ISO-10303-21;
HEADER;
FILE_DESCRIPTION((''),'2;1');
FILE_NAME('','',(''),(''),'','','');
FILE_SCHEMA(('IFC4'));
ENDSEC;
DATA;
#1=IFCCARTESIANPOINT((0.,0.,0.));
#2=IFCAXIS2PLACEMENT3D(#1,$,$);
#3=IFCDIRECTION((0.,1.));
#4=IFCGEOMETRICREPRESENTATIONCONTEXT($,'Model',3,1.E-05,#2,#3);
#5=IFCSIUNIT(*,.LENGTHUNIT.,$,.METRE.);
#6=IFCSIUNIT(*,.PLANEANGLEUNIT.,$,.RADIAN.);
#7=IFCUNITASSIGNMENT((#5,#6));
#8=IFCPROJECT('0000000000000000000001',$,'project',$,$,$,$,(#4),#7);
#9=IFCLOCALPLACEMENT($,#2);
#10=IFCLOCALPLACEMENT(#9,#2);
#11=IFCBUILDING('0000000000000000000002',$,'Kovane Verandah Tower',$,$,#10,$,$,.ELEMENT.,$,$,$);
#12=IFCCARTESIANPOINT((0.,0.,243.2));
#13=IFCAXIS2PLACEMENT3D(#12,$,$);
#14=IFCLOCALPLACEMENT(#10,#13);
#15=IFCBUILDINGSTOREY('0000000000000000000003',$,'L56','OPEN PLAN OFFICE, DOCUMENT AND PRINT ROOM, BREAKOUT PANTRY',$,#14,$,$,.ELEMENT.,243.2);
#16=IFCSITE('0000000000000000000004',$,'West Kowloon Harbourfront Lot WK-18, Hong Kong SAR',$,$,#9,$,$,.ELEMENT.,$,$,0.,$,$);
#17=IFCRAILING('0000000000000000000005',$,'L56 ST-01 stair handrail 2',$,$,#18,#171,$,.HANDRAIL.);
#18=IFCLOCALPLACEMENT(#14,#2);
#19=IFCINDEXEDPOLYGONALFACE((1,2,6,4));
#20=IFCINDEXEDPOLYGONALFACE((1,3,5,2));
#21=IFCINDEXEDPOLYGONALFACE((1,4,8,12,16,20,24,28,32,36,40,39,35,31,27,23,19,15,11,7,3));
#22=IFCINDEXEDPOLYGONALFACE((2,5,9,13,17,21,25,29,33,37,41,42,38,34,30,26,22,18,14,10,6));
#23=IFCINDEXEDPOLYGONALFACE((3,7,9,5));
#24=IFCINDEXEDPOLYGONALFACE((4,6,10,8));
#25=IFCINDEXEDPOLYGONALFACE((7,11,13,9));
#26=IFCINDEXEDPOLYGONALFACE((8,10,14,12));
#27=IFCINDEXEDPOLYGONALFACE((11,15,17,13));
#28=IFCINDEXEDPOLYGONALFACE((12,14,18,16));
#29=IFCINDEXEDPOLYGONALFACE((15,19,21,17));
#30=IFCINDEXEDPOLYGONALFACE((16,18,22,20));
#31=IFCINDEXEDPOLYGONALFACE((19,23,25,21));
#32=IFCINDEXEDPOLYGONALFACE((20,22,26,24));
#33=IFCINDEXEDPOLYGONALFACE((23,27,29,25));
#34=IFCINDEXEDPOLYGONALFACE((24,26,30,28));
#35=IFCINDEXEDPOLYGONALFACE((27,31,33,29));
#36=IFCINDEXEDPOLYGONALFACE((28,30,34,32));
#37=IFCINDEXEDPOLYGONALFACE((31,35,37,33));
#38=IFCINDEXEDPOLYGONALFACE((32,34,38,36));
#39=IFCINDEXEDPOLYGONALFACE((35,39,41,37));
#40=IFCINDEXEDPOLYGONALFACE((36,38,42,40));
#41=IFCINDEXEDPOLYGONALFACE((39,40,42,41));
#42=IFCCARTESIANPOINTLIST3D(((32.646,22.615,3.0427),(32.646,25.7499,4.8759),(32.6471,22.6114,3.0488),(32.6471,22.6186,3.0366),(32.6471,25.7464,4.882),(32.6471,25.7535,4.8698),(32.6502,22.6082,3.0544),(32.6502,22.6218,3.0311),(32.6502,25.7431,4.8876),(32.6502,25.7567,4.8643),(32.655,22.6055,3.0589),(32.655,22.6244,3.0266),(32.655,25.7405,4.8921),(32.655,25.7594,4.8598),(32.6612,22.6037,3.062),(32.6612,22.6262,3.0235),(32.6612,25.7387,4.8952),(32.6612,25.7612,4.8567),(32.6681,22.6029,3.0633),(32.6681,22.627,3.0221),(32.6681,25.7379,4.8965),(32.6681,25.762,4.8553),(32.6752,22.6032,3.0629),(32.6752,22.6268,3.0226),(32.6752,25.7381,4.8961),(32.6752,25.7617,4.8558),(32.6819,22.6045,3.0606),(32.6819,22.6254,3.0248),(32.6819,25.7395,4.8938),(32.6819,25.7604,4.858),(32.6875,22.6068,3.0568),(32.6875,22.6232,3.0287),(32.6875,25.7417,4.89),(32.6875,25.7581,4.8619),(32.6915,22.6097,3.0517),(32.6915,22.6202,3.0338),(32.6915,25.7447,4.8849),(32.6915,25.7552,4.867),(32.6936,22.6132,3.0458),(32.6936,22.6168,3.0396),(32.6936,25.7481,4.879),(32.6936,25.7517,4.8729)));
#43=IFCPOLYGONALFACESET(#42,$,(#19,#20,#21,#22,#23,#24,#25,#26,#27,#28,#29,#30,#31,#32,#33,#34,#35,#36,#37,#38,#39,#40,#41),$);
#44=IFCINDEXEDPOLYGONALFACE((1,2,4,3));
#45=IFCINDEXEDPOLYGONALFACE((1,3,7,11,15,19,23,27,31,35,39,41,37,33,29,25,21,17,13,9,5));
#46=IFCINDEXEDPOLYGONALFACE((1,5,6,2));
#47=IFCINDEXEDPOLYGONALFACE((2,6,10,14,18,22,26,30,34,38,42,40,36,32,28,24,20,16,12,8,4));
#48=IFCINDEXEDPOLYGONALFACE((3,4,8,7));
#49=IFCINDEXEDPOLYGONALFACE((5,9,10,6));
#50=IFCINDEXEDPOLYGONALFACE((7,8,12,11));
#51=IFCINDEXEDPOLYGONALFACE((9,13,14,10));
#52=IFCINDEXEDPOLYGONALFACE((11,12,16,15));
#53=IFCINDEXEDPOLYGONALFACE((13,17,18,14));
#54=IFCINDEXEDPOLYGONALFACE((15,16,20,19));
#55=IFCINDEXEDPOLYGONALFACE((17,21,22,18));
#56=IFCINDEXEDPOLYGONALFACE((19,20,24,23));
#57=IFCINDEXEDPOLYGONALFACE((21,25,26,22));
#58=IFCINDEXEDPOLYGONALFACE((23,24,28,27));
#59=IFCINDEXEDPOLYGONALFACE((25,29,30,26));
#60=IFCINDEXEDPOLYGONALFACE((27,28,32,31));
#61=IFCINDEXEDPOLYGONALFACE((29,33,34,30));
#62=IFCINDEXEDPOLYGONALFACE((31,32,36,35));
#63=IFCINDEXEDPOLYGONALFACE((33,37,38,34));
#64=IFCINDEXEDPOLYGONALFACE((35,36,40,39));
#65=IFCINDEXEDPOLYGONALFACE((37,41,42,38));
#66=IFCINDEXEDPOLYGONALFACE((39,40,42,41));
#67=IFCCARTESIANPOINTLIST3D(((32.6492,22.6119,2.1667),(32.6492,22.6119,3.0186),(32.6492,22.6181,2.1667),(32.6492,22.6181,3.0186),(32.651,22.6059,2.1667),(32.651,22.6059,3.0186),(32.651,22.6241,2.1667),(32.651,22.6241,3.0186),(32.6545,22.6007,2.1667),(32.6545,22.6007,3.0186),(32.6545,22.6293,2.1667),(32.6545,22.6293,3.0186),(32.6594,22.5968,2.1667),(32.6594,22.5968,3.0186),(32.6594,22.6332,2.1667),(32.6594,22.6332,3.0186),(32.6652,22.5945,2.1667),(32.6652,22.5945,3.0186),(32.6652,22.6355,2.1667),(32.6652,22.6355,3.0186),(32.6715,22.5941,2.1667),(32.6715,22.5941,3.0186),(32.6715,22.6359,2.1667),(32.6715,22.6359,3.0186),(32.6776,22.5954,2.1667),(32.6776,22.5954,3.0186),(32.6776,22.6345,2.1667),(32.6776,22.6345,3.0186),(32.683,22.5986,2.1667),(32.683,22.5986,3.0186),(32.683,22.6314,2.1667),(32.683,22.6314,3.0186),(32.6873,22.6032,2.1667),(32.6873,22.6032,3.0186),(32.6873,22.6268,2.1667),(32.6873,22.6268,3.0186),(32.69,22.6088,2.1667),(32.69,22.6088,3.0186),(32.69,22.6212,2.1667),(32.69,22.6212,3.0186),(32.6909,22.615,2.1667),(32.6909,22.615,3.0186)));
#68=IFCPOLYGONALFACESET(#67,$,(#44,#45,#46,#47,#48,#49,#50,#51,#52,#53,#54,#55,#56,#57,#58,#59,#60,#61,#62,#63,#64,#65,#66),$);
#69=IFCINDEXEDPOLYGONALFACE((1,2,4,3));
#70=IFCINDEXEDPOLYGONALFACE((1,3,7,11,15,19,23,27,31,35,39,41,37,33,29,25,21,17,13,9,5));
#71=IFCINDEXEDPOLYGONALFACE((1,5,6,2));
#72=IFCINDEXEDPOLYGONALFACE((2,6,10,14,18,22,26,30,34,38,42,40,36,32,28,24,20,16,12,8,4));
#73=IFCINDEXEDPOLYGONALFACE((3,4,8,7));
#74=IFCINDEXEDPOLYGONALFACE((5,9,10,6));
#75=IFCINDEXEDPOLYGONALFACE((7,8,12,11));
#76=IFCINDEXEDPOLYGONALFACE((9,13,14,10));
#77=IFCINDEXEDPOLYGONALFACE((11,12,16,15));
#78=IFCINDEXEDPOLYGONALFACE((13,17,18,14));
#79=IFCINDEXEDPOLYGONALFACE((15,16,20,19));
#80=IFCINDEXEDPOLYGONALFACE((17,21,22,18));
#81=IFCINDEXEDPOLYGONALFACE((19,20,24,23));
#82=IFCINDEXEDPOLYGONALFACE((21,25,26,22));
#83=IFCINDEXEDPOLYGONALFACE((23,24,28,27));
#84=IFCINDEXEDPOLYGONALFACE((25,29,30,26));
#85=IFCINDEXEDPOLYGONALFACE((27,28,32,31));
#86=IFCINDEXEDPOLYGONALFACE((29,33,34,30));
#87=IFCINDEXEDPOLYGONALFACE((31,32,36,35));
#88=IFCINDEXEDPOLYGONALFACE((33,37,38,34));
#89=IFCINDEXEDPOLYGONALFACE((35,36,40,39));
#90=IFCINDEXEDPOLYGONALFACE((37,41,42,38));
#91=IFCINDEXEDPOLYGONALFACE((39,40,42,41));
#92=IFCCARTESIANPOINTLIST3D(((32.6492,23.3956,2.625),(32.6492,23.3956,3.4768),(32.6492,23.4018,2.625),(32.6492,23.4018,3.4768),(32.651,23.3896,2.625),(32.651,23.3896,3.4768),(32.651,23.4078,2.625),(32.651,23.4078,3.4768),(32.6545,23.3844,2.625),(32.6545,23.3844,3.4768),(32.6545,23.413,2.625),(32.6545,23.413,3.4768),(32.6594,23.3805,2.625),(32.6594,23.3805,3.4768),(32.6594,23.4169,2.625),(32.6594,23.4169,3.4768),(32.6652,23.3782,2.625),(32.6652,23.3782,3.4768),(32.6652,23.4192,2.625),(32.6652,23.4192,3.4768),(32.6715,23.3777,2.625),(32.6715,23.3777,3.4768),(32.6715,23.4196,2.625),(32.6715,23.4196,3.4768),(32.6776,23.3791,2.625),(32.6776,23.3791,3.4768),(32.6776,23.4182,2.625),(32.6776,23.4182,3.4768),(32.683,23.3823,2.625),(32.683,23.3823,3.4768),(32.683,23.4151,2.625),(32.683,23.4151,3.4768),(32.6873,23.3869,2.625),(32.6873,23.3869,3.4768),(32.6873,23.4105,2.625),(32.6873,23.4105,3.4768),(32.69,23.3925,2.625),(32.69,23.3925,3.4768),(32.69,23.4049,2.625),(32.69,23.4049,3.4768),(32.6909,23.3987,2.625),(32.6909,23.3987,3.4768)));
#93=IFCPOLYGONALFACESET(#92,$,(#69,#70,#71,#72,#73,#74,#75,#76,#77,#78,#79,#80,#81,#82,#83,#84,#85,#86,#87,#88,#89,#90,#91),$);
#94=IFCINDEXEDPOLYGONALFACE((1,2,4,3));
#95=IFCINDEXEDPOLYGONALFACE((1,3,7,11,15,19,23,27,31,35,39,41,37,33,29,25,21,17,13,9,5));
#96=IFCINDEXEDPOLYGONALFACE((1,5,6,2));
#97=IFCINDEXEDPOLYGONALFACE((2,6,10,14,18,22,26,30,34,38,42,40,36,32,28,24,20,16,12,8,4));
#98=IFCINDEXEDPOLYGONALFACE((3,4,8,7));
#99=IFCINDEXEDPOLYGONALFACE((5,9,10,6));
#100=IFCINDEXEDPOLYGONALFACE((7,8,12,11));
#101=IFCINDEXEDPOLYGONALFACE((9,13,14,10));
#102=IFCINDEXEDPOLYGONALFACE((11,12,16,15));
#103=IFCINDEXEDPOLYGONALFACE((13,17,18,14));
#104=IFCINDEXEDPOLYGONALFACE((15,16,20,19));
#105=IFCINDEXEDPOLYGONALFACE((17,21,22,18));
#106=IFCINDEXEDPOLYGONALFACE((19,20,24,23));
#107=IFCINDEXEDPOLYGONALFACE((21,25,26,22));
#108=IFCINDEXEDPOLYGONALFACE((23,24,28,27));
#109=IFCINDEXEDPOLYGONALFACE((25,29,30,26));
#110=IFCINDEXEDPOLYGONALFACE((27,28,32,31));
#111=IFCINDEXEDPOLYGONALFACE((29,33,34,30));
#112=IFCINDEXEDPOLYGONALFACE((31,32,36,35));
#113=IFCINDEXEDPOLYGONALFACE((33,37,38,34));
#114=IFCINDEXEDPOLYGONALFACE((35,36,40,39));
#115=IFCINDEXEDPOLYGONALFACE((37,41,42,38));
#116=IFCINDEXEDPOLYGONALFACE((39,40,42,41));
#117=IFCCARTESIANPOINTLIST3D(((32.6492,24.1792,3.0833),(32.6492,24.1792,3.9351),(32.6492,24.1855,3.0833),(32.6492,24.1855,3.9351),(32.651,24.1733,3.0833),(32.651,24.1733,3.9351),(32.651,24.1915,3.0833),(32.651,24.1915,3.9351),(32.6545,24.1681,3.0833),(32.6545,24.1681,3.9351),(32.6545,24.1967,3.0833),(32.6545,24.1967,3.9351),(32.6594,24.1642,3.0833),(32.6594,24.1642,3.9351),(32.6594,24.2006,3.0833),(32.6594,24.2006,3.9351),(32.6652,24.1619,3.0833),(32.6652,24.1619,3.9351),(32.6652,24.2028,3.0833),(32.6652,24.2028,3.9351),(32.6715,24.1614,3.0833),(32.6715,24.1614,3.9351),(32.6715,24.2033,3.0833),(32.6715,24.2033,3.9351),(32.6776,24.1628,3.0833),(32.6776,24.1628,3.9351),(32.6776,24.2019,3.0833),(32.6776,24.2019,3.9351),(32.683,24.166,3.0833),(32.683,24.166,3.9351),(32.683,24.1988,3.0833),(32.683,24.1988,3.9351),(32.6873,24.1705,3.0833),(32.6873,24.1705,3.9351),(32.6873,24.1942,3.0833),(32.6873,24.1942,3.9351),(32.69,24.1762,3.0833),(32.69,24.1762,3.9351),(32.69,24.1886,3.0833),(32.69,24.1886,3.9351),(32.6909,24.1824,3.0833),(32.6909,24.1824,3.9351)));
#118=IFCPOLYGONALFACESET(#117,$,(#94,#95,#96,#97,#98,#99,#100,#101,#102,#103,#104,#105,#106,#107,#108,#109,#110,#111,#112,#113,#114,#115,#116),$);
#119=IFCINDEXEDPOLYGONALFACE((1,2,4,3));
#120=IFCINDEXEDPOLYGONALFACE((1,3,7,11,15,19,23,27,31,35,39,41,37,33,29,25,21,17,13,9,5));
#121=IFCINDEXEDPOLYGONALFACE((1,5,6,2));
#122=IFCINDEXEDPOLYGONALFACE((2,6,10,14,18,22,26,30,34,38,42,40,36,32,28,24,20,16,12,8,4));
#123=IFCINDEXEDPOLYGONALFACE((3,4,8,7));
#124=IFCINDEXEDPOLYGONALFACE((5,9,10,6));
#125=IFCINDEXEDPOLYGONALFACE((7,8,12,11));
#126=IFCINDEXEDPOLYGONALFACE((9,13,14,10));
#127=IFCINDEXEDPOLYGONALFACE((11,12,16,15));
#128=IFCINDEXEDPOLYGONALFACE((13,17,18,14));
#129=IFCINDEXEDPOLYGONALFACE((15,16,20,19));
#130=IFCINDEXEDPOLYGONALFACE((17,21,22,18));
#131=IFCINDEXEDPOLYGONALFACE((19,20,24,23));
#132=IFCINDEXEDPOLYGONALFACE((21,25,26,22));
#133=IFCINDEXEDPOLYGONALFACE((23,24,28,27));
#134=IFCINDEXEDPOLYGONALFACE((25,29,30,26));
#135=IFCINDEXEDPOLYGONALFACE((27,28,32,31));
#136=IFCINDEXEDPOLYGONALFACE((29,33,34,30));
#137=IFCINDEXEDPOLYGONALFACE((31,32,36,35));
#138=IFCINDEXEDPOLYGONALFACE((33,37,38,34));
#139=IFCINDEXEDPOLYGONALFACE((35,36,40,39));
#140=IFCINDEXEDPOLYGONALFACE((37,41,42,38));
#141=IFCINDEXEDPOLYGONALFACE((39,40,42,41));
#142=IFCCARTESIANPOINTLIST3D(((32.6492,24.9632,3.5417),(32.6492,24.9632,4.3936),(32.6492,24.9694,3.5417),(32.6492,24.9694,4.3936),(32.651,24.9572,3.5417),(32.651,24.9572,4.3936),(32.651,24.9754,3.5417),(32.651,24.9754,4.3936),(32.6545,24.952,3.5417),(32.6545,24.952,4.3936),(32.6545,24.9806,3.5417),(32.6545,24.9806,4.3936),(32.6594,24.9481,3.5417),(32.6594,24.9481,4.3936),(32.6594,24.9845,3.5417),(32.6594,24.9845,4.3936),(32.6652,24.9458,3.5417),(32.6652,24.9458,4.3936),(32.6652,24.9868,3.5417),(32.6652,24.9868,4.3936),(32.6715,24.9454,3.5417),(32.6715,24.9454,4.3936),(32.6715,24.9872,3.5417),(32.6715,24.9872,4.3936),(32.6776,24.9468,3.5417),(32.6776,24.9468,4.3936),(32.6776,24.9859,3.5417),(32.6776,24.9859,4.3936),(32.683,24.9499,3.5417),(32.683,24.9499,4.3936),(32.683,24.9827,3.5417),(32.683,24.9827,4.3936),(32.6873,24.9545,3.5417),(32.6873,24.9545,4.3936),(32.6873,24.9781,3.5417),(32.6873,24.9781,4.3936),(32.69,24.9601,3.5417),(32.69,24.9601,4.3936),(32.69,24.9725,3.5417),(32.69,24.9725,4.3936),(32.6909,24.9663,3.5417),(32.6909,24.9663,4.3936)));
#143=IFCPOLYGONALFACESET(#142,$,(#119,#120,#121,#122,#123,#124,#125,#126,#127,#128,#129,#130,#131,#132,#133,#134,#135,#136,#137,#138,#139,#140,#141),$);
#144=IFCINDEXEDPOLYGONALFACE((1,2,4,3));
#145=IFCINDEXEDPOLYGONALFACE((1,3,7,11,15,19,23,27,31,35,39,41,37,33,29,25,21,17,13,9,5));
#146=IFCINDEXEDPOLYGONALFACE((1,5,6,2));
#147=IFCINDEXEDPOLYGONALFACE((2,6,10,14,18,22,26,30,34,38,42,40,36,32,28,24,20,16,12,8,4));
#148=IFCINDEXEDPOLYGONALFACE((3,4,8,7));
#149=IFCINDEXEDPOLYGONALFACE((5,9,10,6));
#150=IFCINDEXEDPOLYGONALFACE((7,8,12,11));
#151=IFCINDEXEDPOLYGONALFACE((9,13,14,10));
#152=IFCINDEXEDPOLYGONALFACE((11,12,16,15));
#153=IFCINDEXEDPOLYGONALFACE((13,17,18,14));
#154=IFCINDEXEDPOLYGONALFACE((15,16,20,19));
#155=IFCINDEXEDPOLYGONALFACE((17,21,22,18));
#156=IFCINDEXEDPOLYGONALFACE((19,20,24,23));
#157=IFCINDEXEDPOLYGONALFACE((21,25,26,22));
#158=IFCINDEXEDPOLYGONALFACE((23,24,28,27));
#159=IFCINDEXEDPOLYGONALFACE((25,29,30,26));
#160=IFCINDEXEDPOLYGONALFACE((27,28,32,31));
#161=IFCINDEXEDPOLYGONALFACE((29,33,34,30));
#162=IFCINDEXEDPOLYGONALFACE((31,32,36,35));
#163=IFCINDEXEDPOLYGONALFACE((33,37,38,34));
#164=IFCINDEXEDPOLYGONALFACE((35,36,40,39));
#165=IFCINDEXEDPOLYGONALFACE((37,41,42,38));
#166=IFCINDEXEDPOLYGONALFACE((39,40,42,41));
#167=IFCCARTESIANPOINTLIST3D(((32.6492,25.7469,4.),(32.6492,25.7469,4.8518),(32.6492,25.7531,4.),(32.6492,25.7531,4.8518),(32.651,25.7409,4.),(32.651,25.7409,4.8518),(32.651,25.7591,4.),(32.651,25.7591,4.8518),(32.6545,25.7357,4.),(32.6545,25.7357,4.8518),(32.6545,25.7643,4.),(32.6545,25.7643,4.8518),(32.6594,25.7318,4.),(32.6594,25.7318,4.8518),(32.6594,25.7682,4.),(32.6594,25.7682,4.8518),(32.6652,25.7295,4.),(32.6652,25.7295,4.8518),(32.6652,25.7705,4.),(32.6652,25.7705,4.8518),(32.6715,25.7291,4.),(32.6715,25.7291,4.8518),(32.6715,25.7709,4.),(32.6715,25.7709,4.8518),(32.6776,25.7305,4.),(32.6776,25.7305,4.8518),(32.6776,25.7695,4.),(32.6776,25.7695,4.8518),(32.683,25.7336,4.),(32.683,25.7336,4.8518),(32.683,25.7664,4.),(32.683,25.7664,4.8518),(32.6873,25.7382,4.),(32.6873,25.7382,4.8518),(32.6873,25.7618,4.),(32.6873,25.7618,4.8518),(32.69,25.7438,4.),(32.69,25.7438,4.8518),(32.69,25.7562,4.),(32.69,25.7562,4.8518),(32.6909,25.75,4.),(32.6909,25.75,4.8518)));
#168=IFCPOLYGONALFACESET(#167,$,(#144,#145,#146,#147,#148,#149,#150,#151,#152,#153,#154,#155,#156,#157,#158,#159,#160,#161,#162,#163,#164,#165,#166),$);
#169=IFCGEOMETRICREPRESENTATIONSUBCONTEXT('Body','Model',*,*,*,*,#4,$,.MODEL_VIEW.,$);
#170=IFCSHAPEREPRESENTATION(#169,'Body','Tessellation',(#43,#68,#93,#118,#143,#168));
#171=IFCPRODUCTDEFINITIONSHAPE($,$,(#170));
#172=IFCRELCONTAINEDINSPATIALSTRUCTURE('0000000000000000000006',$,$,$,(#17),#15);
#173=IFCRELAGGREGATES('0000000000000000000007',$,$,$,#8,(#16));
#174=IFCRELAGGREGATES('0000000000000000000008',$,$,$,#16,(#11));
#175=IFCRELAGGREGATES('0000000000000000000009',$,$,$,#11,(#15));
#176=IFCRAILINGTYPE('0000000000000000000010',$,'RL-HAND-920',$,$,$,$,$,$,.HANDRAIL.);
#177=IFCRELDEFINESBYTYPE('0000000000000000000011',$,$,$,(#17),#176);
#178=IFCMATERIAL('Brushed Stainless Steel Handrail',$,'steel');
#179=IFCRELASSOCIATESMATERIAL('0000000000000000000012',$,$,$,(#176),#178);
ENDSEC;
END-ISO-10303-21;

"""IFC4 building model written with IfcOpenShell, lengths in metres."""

from ifc_helpers import new_model, si_unit, direction, frame, origin, origin_2d, place, context, subcontext, project, spatial, circle, extrude, material, type_object, element, save


model = new_model("IFC4")

# Units and contexts
model_context = context("Model", 3, precision=1e-05, world=origin(), true_north=direction((0.0, 1.0)))
body_context = subcontext(model_context, "Body", "Model", "MODEL_VIEW")
ifc_project = project(units=[si_unit("LENGTHUNIT", "METRE"), si_unit("PLANEANGLEUNIT", "RADIAN")], contexts=[model_context])

# Site, building, storey
site_placement = place(None, origin())
site = spatial("IfcSite", under=ifc_project, at=site_placement, Name="West Kowloon Harbourfront Lot WK-18, Hong Kong SAR", CompositionType="ELEMENT", RefElevation=0.0)
building_placement = place(site_placement, origin())
building = spatial("IfcBuilding", under=site, at=building_placement, Name="Kovane Verandah Tower", CompositionType="ELEMENT")
storey_placement = place(building_placement, frame((0.0, 0.0, 243.2)))
storey = spatial("IfcBuildingStorey", under=building, at=storey_placement, Name="L56", Description="OPEN PLAN OFFICE, DOCUMENT AND PRINT ROOM, BREAKOUT PANTRY", CompositionType="ELEMENT", Elevation=243.2)

# Railing
ifc_material_1 = material(Name="Brushed Stainless Steel Handrail", Category="steel")
railing_type_1 = type_object("IfcRailingType", Name="RL-HAND-920", PredefinedType="HANDRAIL", material=ifc_material_1)
railing_1_placement = place(storey_placement, frame((32.6699, 22.615, 2.1667)))
element("IfcRailing", 1, at=railing_1_placement, inside=storey, type_object=railing_type_1, Name="L56 ST-01 stair handrail 2", PredefinedType="HANDRAIL", context=body_context, shape_type="SweptSolid", body=[
    extrude(circle(Radius=0.0239, at=origin_2d()), frame((0.0, 0.0, 0.876), z_axis=(0.0, 0.86324, 0.504794), x_axis=(-1.0, 0.0, 0.0)), (0.0, 0.0, 1.0), 3.6316),
    extrude(circle(Radius=0.021, at=origin_2d()), origin(), (0.0, 0.0, 1.0), 0.8518),
    extrude(circle(Radius=0.021, at=origin_2d()), frame((0.0, 0.7837, 0.4583)), (0.0, 0.0, 1.0), 0.8518),
    extrude(circle(Radius=0.021, at=origin_2d()), frame((0.0, 1.5674, 0.9165)), (0.0, 0.0, 1.0), 0.8518),
    extrude(circle(Radius=0.021, at=origin_2d()), frame((0.0, 2.3513, 1.375)), (0.0, 0.0, 1.0), 0.8518),
    extrude(circle(Radius=0.021, at=origin_2d()), frame((0.0, 3.135, 1.8333)), (0.0, 0.0, 1.0), 0.8518),
])

save(model, "model.ifc")
